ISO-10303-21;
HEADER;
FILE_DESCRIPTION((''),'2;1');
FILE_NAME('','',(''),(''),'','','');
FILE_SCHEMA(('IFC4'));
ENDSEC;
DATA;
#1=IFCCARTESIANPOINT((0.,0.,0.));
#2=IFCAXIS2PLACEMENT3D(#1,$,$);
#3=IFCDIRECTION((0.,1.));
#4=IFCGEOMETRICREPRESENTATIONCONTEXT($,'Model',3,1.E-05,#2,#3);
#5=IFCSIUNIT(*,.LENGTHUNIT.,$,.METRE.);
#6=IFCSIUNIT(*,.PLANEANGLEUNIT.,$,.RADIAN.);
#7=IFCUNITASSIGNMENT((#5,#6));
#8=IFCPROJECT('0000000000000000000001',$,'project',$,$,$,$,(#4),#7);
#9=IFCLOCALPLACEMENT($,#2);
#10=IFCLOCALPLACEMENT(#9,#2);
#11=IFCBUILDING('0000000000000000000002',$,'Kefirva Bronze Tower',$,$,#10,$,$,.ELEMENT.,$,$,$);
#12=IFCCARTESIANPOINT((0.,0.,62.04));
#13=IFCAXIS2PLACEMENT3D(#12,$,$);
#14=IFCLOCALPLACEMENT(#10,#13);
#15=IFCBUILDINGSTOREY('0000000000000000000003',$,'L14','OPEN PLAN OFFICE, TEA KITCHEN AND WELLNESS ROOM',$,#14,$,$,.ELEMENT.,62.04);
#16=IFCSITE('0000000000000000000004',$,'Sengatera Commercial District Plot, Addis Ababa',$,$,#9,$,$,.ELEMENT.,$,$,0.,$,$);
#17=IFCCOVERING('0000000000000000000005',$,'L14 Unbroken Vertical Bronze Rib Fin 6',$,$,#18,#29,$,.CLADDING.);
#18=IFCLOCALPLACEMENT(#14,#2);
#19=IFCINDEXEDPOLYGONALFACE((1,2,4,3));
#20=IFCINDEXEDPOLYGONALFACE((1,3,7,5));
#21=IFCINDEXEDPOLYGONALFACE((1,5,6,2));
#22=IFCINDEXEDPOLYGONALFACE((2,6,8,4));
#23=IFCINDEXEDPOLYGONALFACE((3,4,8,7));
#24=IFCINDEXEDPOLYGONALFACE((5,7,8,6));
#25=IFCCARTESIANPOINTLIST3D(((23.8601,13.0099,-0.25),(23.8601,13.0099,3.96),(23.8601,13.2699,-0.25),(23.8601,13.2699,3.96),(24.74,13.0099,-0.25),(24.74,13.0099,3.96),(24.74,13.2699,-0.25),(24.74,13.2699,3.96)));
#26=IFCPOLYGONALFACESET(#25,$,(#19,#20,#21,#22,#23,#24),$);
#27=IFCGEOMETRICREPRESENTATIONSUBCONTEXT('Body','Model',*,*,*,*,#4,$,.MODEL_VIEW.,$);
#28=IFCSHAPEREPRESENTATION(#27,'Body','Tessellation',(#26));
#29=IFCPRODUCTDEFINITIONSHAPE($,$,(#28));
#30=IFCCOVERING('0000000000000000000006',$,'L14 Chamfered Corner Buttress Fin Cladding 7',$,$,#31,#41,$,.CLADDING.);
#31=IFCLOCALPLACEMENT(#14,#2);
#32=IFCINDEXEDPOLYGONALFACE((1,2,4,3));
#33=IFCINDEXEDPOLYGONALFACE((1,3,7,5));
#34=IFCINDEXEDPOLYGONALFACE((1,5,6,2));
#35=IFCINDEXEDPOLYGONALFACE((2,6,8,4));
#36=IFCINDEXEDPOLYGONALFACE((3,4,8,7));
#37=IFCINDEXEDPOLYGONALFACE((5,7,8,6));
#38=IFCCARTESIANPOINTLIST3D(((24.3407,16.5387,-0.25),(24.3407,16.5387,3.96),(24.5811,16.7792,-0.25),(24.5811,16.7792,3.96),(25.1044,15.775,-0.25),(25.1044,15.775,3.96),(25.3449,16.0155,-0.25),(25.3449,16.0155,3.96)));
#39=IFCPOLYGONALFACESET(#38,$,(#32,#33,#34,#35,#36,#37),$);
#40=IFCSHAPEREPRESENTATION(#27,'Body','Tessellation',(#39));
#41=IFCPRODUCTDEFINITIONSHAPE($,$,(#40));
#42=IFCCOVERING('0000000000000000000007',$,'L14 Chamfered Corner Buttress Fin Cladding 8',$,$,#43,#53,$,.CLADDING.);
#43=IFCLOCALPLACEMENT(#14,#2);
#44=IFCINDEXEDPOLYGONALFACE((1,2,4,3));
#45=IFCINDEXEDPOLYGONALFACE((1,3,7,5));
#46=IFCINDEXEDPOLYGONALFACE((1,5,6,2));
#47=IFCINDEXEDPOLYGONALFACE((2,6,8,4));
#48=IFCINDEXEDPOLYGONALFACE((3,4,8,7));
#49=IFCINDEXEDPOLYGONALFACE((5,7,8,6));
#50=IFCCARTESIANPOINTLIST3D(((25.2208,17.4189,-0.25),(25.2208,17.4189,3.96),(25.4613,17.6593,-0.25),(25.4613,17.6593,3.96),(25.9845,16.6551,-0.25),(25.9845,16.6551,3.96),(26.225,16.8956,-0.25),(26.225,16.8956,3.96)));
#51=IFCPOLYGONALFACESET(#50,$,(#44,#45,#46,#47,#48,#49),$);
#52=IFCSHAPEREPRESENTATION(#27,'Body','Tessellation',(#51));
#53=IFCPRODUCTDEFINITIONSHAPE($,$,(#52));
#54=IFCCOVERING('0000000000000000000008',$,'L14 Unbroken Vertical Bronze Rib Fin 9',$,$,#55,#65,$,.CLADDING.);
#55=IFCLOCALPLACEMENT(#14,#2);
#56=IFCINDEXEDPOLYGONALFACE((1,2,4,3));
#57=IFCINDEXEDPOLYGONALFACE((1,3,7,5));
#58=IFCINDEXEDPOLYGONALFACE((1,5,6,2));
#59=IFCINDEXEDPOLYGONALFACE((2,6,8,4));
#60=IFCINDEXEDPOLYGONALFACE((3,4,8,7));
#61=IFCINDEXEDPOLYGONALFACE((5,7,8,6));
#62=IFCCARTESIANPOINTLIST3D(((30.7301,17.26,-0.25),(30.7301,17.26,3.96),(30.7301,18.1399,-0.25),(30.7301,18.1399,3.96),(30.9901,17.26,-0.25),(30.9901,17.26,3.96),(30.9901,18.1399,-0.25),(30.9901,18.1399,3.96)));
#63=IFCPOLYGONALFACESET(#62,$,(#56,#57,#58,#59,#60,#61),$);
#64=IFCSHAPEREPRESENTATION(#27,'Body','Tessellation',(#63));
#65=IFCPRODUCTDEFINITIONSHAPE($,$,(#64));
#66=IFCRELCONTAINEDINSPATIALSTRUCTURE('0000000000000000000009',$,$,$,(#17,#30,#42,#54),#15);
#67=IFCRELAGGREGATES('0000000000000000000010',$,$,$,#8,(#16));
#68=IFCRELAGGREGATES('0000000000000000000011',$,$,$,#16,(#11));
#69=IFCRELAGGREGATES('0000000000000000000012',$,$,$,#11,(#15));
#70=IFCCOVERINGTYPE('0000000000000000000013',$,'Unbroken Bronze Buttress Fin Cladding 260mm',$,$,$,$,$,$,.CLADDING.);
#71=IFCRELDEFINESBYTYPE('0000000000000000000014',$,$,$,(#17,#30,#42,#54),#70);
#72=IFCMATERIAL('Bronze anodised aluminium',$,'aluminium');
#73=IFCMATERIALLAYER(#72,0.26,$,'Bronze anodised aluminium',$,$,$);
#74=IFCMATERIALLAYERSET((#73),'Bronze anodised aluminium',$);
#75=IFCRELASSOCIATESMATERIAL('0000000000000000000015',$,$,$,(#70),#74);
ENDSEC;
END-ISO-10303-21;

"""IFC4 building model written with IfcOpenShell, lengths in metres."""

from ifc_helpers import new_model, si_unit, direction, frame, origin, origin_2d, place, context, subcontext, project, spatial, rectangle, extrude, material, layer, layer_set, type_object, element, save


model = new_model("IFC4")

# Units and contexts
model_context = context("Model", 3, precision=1e-05, world=origin(), true_north=direction((0.0, 1.0)))
body_context = subcontext(model_context, "Body", "Model", "MODEL_VIEW")
ifc_project = project(units=[si_unit("LENGTHUNIT", "METRE"), si_unit("PLANEANGLEUNIT", "RADIAN")], contexts=[model_context])

# Site, building, storey
site_placement = place(None, origin())
site = spatial("IfcSite", under=ifc_project, at=site_placement, Name="Sengatera Commercial District Plot, Addis Ababa", CompositionType="ELEMENT", RefElevation=0.0)
building_placement = place(site_placement, origin())
building = spatial("IfcBuilding", under=site, at=building_placement, Name="Kefirva Bronze Tower", CompositionType="ELEMENT")
storey_placement = place(building_placement, frame((0.0, 0.0, 62.04)))
storey = spatial("IfcBuildingStorey", under=building, at=storey_placement, Name="L14", Description="OPEN PLAN OFFICE, TEA KITCHEN AND WELLNESS ROOM", CompositionType="ELEMENT", Elevation=62.04)

# Shared definitions
ifc_material_1 = material(Name="Bronze anodised aluminium", Category="aluminium")

# Coverings
ifc_layer_1 = layer(ifc_material_1, 0.26, Name="Bronze anodised aluminium")
ifc_layer_set_1 = layer_set([ifc_layer_1], Name="Bronze anodised aluminium")
covering_type_1 = type_object("IfcCoveringType", Name="Unbroken Bronze Buttress Fin Cladding 260mm", PredefinedType="CLADDING", material=ifc_layer_set_1)
covering_1_placement = place(storey_placement, frame((24.3, 13.1399, -0.25), z_axis=(0.0, 0.0, 1.0), x_axis=(0.0, 1.0, 0.0)))
element("IfcCovering", 1, at=covering_1_placement, inside=storey, type_object=covering_type_1, Name="L14 Unbroken Vertical Bronze Rib Fin 6", PredefinedType="CLADDING", context=body_context, shape_type="SweptSolid", body=[
    extrude(rectangle(XDim=0.26, YDim=0.8799, at=origin_2d()), origin(), (0.0, 0.0, 1.0), 4.21),
])
for number, where, z_axis, x_axis, name in (
    (2, (24.8428, 16.2771, -0.25), (0.0, 0.0, 1.0), (0.707107, 0.707107, 0.0), "L14 Chamfered Corner Buttress Fin Cladding 7"),
    (3, (25.7229, 17.1572, -0.25), (0.0, 0.0, 1.0), (0.707107, 0.707107, 0.0), "L14 Chamfered Corner Buttress Fin Cladding 8"),
):
    element("IfcCovering", number, at=place(storey_placement, frame(where, z_axis=z_axis, x_axis=x_axis)), inside=storey, type_object=covering_type_1, Name=name, PredefinedType="CLADDING", context=body_context, shape_type="SweptSolid", body=[
        extrude(rectangle(XDim=0.3401, YDim=1.0801, at=origin_2d()), origin(), (0.0, 0.0, 1.0), 4.21),
    ])
covering_2_placement = place(storey_placement, frame((30.8601, 17.7, -0.25), z_axis=(0.0, 0.0, 1.0), x_axis=(1.0, 0.0, 0.0)))
element("IfcCovering", 4, at=covering_2_placement, inside=storey, type_object=covering_type_1, Name="L14 Unbroken Vertical Bronze Rib Fin 9", PredefinedType="CLADDING", context=body_context, shape_type="SweptSolid", body=[
    extrude(rectangle(XDim=0.26, YDim=0.8799, at=origin_2d()), origin(), (0.0, 0.0, 1.0), 4.21),
])

save(model, "model.ifc")
